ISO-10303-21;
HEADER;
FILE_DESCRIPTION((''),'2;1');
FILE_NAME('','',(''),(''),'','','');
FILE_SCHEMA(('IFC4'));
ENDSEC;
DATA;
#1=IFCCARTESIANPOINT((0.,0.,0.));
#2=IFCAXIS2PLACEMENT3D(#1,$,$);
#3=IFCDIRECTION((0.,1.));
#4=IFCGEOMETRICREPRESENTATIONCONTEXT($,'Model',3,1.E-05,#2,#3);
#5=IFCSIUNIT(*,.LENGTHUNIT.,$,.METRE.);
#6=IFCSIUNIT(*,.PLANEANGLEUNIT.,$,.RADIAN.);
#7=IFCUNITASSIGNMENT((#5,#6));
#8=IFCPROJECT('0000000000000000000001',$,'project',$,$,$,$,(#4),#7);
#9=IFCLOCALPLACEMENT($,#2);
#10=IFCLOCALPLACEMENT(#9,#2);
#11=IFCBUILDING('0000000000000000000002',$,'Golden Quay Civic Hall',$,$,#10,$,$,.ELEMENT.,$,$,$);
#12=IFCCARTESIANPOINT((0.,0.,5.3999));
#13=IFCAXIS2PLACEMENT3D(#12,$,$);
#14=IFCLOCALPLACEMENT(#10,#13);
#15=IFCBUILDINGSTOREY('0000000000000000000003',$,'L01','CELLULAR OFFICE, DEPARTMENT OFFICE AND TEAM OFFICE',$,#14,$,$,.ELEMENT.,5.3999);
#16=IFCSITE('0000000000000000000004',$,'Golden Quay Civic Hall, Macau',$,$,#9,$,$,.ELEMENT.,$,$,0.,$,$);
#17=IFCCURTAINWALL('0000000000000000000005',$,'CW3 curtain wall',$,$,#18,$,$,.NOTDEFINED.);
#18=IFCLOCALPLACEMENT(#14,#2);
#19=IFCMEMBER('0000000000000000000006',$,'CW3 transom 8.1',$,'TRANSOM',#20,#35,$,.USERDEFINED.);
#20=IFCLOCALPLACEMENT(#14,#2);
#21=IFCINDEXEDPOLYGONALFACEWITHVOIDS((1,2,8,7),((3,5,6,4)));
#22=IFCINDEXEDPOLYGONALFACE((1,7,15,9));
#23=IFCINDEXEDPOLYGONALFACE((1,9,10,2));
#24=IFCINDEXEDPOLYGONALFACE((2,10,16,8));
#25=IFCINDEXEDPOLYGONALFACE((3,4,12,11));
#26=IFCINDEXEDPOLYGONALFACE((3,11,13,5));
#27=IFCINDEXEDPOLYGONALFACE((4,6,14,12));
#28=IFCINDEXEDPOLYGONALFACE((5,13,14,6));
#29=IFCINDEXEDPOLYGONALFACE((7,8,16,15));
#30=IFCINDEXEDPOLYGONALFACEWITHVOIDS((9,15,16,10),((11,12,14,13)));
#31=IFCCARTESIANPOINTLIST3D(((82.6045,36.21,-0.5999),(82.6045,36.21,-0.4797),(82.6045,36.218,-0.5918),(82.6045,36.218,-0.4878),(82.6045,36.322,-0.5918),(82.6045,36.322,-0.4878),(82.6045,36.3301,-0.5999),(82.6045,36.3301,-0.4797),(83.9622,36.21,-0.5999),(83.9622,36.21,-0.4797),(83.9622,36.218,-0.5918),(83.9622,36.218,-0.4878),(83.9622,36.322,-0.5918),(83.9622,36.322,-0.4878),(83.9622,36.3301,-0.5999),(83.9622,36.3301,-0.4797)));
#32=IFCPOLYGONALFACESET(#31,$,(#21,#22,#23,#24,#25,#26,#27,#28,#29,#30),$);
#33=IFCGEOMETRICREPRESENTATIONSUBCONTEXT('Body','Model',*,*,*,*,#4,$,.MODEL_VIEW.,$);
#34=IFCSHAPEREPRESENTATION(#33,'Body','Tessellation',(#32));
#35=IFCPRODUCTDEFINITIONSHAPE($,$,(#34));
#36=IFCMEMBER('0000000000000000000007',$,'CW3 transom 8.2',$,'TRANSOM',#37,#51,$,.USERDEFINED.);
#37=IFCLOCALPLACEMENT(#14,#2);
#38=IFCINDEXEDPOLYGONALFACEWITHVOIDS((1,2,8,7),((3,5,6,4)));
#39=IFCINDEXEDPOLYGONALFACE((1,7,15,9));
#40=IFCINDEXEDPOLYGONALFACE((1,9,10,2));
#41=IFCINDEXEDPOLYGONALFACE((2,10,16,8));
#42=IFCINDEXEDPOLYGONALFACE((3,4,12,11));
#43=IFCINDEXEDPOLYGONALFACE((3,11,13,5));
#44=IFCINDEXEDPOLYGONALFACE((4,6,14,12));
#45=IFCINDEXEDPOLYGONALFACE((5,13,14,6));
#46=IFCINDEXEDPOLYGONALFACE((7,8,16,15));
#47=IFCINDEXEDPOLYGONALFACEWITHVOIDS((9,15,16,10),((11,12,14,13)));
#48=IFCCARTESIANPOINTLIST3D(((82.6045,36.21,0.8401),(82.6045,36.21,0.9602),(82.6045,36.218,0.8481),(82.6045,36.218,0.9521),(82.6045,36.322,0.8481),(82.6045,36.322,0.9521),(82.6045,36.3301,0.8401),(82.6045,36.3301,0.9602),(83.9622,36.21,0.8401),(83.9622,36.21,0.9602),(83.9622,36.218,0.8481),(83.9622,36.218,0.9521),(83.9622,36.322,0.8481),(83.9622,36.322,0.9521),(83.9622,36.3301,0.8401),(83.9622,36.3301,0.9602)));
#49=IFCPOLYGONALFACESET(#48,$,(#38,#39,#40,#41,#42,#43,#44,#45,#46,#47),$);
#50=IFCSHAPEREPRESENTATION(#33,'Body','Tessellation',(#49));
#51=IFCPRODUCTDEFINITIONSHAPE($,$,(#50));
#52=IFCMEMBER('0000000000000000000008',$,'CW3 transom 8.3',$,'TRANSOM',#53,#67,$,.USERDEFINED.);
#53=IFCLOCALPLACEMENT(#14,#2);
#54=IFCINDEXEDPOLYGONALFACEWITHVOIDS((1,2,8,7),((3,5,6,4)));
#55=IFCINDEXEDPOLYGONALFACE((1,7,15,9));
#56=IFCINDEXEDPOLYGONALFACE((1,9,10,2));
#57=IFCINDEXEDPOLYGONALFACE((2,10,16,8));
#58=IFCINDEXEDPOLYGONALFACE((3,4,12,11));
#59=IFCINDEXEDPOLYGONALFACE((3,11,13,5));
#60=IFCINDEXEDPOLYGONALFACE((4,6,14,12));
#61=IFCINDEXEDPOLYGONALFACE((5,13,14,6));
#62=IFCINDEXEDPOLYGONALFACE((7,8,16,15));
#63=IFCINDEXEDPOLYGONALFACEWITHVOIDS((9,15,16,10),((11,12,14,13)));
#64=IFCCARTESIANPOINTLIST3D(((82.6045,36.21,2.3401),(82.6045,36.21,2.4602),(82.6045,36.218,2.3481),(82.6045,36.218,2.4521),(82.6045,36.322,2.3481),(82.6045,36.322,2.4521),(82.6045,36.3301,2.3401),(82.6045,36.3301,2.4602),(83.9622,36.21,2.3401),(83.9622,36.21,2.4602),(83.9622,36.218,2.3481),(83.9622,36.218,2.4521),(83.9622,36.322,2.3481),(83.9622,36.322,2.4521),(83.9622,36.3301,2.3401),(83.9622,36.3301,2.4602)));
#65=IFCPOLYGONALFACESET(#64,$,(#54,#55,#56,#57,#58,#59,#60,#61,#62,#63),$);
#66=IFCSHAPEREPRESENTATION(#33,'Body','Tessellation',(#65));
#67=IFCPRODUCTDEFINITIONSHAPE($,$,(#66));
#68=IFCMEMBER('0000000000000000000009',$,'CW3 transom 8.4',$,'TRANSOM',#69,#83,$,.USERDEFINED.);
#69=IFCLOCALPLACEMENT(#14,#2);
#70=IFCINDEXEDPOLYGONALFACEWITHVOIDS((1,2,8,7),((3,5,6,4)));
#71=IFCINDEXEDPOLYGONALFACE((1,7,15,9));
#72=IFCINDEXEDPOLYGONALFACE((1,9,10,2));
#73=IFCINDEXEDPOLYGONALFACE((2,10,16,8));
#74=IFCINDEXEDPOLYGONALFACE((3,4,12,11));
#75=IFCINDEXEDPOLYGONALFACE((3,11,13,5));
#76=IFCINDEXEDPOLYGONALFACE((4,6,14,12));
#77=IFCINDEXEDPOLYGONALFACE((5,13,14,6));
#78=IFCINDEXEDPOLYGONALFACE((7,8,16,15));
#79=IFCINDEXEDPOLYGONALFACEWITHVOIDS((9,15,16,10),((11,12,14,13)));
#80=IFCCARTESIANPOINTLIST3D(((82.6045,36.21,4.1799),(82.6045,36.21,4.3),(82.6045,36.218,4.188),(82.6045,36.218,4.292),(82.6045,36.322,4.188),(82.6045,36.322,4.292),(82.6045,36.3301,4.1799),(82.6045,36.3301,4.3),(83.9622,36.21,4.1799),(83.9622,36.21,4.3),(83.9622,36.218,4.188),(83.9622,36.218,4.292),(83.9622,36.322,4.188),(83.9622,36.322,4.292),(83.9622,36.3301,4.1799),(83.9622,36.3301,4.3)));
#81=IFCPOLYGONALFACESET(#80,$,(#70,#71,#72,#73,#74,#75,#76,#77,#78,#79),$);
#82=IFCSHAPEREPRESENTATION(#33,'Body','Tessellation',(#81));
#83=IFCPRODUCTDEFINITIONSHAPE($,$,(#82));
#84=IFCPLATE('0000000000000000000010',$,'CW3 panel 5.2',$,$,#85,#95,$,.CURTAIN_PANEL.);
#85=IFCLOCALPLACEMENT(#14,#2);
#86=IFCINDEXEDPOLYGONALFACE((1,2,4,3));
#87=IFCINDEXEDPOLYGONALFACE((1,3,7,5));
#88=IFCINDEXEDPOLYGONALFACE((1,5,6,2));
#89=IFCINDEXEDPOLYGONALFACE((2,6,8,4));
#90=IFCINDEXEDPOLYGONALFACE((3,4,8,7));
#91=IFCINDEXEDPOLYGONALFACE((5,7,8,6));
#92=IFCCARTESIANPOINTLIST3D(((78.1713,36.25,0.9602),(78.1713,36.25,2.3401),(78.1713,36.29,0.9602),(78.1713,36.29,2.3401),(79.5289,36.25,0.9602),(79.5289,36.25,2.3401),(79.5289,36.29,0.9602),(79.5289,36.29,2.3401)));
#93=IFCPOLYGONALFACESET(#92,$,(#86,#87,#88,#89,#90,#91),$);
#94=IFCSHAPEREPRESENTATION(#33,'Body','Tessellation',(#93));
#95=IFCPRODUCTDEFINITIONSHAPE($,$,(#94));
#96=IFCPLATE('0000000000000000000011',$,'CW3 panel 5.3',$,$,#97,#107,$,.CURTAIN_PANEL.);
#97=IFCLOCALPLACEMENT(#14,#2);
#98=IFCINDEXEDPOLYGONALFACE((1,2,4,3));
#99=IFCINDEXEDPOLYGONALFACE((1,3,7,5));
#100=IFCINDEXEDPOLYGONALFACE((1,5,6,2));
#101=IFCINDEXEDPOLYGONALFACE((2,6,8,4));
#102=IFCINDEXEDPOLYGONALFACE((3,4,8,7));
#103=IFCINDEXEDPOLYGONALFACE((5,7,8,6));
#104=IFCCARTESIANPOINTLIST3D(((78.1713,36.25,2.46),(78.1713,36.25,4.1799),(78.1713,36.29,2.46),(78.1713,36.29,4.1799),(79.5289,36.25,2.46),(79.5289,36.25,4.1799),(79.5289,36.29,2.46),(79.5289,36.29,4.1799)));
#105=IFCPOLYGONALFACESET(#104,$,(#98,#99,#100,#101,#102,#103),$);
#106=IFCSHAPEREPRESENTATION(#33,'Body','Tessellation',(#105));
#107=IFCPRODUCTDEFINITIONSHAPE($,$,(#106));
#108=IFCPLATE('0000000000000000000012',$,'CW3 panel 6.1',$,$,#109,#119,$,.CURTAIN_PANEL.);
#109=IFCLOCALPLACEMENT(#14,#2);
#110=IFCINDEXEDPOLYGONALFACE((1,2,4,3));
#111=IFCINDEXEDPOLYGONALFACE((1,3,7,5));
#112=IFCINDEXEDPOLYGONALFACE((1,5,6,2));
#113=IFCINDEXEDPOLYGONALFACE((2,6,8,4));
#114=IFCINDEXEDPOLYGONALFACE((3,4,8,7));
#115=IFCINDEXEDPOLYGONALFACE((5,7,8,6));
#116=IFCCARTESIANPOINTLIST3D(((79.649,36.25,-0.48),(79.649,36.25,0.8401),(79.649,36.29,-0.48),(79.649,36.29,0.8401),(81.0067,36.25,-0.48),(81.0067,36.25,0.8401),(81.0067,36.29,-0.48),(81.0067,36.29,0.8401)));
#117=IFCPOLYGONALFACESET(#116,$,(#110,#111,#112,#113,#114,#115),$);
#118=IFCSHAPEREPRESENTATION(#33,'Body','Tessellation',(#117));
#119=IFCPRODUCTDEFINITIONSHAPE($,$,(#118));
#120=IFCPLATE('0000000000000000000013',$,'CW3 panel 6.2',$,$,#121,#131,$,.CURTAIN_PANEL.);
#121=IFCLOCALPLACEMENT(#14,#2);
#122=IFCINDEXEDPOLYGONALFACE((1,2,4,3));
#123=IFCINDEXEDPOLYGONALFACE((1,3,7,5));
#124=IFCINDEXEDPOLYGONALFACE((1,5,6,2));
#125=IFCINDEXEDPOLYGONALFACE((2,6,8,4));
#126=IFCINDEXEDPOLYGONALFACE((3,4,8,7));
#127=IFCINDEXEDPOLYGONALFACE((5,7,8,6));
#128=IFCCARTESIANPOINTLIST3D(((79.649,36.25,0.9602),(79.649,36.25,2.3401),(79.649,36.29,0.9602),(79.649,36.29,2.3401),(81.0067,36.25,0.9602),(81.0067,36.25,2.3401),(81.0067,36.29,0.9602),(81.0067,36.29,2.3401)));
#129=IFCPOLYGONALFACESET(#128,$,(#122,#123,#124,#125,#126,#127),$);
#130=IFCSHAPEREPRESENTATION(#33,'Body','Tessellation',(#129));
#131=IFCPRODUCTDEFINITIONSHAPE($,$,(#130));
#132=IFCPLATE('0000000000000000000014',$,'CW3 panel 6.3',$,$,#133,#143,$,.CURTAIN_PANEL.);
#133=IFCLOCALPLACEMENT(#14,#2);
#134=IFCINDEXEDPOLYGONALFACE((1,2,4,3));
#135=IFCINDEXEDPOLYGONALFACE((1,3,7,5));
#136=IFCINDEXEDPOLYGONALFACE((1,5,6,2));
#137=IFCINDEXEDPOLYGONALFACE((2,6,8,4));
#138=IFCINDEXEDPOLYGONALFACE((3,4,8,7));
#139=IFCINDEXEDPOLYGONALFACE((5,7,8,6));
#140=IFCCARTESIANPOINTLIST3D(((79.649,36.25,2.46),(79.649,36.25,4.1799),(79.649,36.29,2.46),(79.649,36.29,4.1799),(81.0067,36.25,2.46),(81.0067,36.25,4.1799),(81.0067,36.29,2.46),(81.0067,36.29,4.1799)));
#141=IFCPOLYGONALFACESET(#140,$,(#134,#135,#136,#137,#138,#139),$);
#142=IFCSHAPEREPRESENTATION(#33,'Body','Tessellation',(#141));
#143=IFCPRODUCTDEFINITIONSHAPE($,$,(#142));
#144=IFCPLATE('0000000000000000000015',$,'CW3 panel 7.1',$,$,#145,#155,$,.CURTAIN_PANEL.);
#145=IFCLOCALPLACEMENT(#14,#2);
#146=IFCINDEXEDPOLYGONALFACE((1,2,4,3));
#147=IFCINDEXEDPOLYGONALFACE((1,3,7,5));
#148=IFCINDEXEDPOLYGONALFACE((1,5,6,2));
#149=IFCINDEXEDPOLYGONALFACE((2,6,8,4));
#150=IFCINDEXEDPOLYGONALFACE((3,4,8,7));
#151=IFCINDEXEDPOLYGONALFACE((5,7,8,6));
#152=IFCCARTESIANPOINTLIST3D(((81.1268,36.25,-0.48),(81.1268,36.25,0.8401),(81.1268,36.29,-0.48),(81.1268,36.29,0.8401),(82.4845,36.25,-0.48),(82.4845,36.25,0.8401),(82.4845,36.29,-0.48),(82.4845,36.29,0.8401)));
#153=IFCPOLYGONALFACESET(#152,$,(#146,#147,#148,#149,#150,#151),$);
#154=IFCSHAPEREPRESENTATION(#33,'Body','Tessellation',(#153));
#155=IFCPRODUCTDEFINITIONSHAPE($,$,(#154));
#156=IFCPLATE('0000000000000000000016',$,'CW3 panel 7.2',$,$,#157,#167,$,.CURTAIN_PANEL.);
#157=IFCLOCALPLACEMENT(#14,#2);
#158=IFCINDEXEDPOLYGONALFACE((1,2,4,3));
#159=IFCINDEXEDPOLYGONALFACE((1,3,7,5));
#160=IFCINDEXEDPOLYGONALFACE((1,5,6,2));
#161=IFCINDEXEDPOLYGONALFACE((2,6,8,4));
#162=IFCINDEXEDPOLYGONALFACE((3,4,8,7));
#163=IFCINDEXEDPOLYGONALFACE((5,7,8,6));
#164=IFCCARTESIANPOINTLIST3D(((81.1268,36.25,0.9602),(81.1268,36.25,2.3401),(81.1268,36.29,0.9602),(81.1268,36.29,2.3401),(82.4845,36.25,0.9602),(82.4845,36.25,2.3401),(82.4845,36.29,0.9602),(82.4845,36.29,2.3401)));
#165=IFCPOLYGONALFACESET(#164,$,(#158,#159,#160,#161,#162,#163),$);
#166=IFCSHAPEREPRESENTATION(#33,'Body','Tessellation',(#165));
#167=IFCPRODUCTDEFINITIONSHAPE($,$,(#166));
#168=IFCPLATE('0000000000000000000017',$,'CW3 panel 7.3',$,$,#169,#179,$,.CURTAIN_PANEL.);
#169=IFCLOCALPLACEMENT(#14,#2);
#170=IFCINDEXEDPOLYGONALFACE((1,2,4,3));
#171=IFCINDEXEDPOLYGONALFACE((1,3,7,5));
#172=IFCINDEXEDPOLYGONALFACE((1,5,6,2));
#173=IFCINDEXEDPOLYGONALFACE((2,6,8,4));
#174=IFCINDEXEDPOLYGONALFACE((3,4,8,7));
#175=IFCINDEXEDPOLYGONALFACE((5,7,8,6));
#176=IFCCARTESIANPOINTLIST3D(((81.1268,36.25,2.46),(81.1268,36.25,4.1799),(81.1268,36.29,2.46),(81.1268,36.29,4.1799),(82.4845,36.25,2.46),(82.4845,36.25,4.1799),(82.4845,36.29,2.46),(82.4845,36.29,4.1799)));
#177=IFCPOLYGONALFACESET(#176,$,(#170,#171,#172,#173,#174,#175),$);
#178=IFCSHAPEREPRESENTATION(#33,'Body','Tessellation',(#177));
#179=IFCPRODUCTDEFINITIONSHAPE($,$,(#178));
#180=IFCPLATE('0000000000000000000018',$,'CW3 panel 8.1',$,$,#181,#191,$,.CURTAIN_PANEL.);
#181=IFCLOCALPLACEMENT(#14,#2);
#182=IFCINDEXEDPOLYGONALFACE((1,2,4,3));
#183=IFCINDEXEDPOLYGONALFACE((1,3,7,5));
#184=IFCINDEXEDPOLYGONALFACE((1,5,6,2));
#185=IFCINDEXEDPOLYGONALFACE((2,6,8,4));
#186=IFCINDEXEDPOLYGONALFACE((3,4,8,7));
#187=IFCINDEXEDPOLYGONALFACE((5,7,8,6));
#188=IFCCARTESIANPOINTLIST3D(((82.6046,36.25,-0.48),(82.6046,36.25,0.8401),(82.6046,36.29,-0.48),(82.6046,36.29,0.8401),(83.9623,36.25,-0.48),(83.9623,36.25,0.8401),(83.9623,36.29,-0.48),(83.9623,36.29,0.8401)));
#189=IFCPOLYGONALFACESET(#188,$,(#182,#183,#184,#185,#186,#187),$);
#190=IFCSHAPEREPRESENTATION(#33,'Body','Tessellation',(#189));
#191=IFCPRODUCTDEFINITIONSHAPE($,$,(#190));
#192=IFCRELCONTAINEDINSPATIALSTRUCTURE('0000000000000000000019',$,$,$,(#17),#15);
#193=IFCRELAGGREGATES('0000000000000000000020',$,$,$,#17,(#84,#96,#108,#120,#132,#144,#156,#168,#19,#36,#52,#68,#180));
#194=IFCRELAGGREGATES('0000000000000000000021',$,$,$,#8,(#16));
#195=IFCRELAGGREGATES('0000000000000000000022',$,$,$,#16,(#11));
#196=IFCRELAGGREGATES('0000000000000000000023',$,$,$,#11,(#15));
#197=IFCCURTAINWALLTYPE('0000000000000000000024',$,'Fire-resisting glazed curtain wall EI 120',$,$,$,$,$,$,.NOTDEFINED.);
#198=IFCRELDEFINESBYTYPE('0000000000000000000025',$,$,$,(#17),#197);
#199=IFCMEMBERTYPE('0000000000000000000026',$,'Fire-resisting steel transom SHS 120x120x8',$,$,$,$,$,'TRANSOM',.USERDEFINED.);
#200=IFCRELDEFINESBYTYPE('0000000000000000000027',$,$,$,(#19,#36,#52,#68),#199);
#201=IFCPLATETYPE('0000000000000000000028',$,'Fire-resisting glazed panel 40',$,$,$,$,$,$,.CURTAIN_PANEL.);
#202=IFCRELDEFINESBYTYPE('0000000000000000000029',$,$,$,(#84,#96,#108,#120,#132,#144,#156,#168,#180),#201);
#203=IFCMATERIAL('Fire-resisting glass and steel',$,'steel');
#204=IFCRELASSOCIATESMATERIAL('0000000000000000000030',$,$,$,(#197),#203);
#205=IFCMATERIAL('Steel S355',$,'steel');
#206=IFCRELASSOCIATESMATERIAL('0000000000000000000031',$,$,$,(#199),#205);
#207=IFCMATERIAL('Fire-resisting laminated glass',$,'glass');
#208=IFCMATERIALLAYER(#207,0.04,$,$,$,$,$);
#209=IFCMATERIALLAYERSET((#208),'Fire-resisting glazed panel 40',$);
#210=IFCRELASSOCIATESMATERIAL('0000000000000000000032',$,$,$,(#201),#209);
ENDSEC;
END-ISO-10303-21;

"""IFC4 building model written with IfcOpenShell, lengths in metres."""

from ifc_helpers import new_model, si_unit, direction, frame, origin, origin_2d, place, context, subcontext, project, spatial, rectangle, hollow_rectangle, extrude, material, layer, layer_set, material_profile, profile_set, type_object, element, aggregate, save


model = new_model("IFC4")

# Units and contexts
model_context = context("Model", 3, precision=1e-05, world=origin(), true_north=direction((0.0, 1.0)))
body_context = subcontext(model_context, "Body", "Model", "MODEL_VIEW")
ifc_project = project(units=[si_unit("LENGTHUNIT", "METRE"), si_unit("PLANEANGLEUNIT", "RADIAN")], contexts=[model_context])

# Site, building, storey
site_placement = place(None, origin())
site = spatial("IfcSite", under=ifc_project, at=site_placement, Name="Golden Quay Civic Hall, Macau", CompositionType="ELEMENT", RefElevation=0.0)
building_placement = place(site_placement, origin())
building = spatial("IfcBuilding", under=site, at=building_placement, Name="Golden Quay Civic Hall", CompositionType="ELEMENT")
storey_placement = place(building_placement, frame((0.0, 0.0, 5.3999)))
storey = spatial("IfcBuildingStorey", under=building, at=storey_placement, Name="L01", Description="CELLULAR OFFICE, DEPARTMENT OFFICE AND TEAM OFFICE", CompositionType="ELEMENT", Elevation=5.3999)

# Curtain wall, members, plates
ifc_material_1 = material(Name="Fire-resisting glass and steel", Category="steel")
curtain_wall_type = type_object("IfcCurtainWallType", Name="Fire-resisting glazed curtain wall EI 120", PredefinedType="NOTDEFINED", material=ifc_material_1)
curtain_wall_placement = place(storey_placement, origin())
curtain_wall = element("IfcCurtainWall", 1, at=curtain_wall_placement, inside=storey, type_object=curtain_wall_type, Name="CW3 curtain wall", PredefinedType="NOTDEFINED")
ifc_material_2 = material(Name="Steel S355", Category="steel")
ifc_material_profile_1 = material_profile(ifc_material_2, hollow_rectangle(XDim=0.1201, YDim=0.1201, WallThickness=0.0081, at=origin_2d()), Name="SHS 120x120x8")
ifc_profile_set_1 = profile_set([ifc_material_profile_1], Name="Steel S355")
member_type_1 = type_object("IfcMemberType", Name="Fire-resisting steel transom SHS 120x120x8", ElementType="TRANSOM", PredefinedType="USERDEFINED", material=ifc_profile_set_1)
member_1_placement = place(storey_placement, frame((82.6045, 36.27, -0.5398), z_axis=(1.0, 0.0, 0.0), x_axis=(0.0, 1.0, 0.0)))
member_1 = element("IfcMember", 2, at=member_1_placement, type_object=member_type_1, Name="CW3 transom 8.1", ObjectType="TRANSOM", PredefinedType="USERDEFINED", context=body_context, shape_type="SweptSolid", body=[
    extrude(hollow_rectangle(XDim=0.1201, YDim=0.1201, WallThickness=0.0081, at=origin_2d()), origin(), (0.0, 0.0, 1.0), 1.3577),
])
member_2_placement = place(storey_placement, frame((82.6045, 36.27, 0.9001), z_axis=(1.0, 0.0, 0.0), x_axis=(0.0, 1.0, 0.0)))
member_2 = element("IfcMember", 3, at=member_2_placement, type_object=member_type_1, Name="CW3 transom 8.2", ObjectType="TRANSOM", PredefinedType="USERDEFINED", context=body_context, shape_type="SweptSolid", body=[
    extrude(hollow_rectangle(XDim=0.1201, YDim=0.1201, WallThickness=0.0081, at=origin_2d()), origin(), (0.0, 0.0, 1.0), 1.3577),
])
member_3_placement = place(storey_placement, frame((82.6045, 36.27, 2.4001), z_axis=(1.0, 0.0, 0.0), x_axis=(0.0, 1.0, 0.0)))
member_3 = element("IfcMember", 4, at=member_3_placement, type_object=member_type_1, Name="CW3 transom 8.3", ObjectType="TRANSOM", PredefinedType="USERDEFINED", context=body_context, shape_type="SweptSolid", body=[
    extrude(hollow_rectangle(XDim=0.1201, YDim=0.1201, WallThickness=0.0081, at=origin_2d()), origin(), (0.0, 0.0, 1.0), 1.3577),
])
member_4_placement = place(storey_placement, frame((82.6045, 36.27, 4.24), z_axis=(1.0, 0.0, 0.0), x_axis=(0.0, 1.0, 0.0)))
member_4 = element("IfcMember", 5, at=member_4_placement, type_object=member_type_1, Name="CW3 transom 8.4", ObjectType="TRANSOM", PredefinedType="USERDEFINED", context=body_context, shape_type="SweptSolid", body=[
    extrude(hollow_rectangle(XDim=0.1201, YDim=0.1201, WallThickness=0.0081, at=origin_2d()), origin(), (0.0, 0.0, 1.0), 1.3577),
])
ifc_material_3 = material(Name="Fire-resisting laminated glass", Category="glass")
ifc_layer = layer(ifc_material_3, 0.04)
ifc_layer_set = layer_set([ifc_layer], Name="Fire-resisting glazed panel 40")
plate_type = type_object("IfcPlateType", Name="Fire-resisting glazed panel 40", PredefinedType="CURTAIN_PANEL", material=ifc_layer_set)
plate_1_placement = place(storey_placement, frame((78.8501, 36.27, 0.9602), z_axis=(0.0, 0.0, 1.0), x_axis=(1.0, 0.0, 0.0)))
plate_1 = element("IfcPlate", 6, at=plate_1_placement, type_object=plate_type, Name="CW3 panel 5.2", PredefinedType="CURTAIN_PANEL", context=body_context, shape_type="SweptSolid", body=[
    extrude(rectangle(XDim=1.3577, YDim=0.04, at=origin_2d()), origin(), (0.0, 0.0, 1.0), 1.3799),
])
plate_2_placement = place(storey_placement, frame((78.8501, 36.27, 2.46), z_axis=(0.0, 0.0, 1.0), x_axis=(1.0, 0.0, 0.0)))
plate_2 = element("IfcPlate", 7, at=plate_2_placement, type_object=plate_type, Name="CW3 panel 5.3", PredefinedType="CURTAIN_PANEL", context=body_context, shape_type="SweptSolid", body=[
    extrude(rectangle(XDim=1.3577, YDim=0.04, at=origin_2d()), origin(), (0.0, 0.0, 1.0), 1.72),
])
plate_3_placement = place(storey_placement, frame((80.3279, 36.27, -0.48), z_axis=(0.0, 0.0, 1.0), x_axis=(1.0, 0.0, 0.0)))
plate_3 = element("IfcPlate", 8, at=plate_3_placement, type_object=plate_type, Name="CW3 panel 6.1", PredefinedType="CURTAIN_PANEL", context=body_context, shape_type="SweptSolid", body=[
    extrude(rectangle(XDim=1.3577, YDim=0.04, at=origin_2d()), origin(), (0.0, 0.0, 1.0), 1.3201),
])
plate_4_placement = place(storey_placement, frame((80.3279, 36.27, 0.9602), z_axis=(0.0, 0.0, 1.0), x_axis=(1.0, 0.0, 0.0)))
plate_4 = element("IfcPlate", 9, at=plate_4_placement, type_object=plate_type, Name="CW3 panel 6.2", PredefinedType="CURTAIN_PANEL", context=body_context, shape_type="SweptSolid", body=[
    extrude(rectangle(XDim=1.3577, YDim=0.04, at=origin_2d()), origin(), (0.0, 0.0, 1.0), 1.3799),
])
plate_5_placement = place(storey_placement, frame((80.3279, 36.27, 2.46), z_axis=(0.0, 0.0, 1.0), x_axis=(1.0, 0.0, 0.0)))
plate_5 = element("IfcPlate", 10, at=plate_5_placement, type_object=plate_type, Name="CW3 panel 6.3", PredefinedType="CURTAIN_PANEL", context=body_context, shape_type="SweptSolid", body=[
    extrude(rectangle(XDim=1.3577, YDim=0.04, at=origin_2d()), origin(), (0.0, 0.0, 1.0), 1.72),
])
plate_6_placement = place(storey_placement, frame((81.8057, 36.27, -0.48), z_axis=(0.0, 0.0, 1.0), x_axis=(1.0, 0.0, 0.0)))
plate_6 = element("IfcPlate", 11, at=plate_6_placement, type_object=plate_type, Name="CW3 panel 7.1", PredefinedType="CURTAIN_PANEL", context=body_context, shape_type="SweptSolid", body=[
    extrude(rectangle(XDim=1.3577, YDim=0.04, at=origin_2d()), origin(), (0.0, 0.0, 1.0), 1.3201),
])
plate_7_placement = place(storey_placement, frame((81.8057, 36.27, 0.9602), z_axis=(0.0, 0.0, 1.0), x_axis=(1.0, 0.0, 0.0)))
plate_7 = element("IfcPlate", 12, at=plate_7_placement, type_object=plate_type, Name="CW3 panel 7.2", PredefinedType="CURTAIN_PANEL", context=body_context, shape_type="SweptSolid", body=[
    extrude(rectangle(XDim=1.3577, YDim=0.04, at=origin_2d()), origin(), (0.0, 0.0, 1.0), 1.3799),
])
plate_8_placement = place(storey_placement, frame((81.8057, 36.27, 2.46), z_axis=(0.0, 0.0, 1.0), x_axis=(1.0, 0.0, 0.0)))
plate_8 = element("IfcPlate", 13, at=plate_8_placement, type_object=plate_type, Name="CW3 panel 7.3", PredefinedType="CURTAIN_PANEL", context=body_context, shape_type="SweptSolid", body=[
    extrude(rectangle(XDim=1.3577, YDim=0.04, at=origin_2d()), origin(), (0.0, 0.0, 1.0), 1.72),
])
plate_9_placement = place(storey_placement, frame((83.2834, 36.27, -0.48), z_axis=(0.0, 0.0, 1.0), x_axis=(1.0, 0.0, 0.0)))
plate_9 = element("IfcPlate", 14, at=plate_9_placement, type_object=plate_type, Name="CW3 panel 8.1", PredefinedType="CURTAIN_PANEL", context=body_context, shape_type="SweptSolid", body=[
    extrude(rectangle(XDim=1.3577, YDim=0.04, at=origin_2d()), origin(), (0.0, 0.0, 1.0), 1.3201),
])
aggregate(curtain_wall, [plate_1, plate_2, plate_3, plate_4, plate_5, plate_6, plate_7, plate_8, member_1, member_2, member_3, member_4, plate_9])

save(model, "model.ifc")
